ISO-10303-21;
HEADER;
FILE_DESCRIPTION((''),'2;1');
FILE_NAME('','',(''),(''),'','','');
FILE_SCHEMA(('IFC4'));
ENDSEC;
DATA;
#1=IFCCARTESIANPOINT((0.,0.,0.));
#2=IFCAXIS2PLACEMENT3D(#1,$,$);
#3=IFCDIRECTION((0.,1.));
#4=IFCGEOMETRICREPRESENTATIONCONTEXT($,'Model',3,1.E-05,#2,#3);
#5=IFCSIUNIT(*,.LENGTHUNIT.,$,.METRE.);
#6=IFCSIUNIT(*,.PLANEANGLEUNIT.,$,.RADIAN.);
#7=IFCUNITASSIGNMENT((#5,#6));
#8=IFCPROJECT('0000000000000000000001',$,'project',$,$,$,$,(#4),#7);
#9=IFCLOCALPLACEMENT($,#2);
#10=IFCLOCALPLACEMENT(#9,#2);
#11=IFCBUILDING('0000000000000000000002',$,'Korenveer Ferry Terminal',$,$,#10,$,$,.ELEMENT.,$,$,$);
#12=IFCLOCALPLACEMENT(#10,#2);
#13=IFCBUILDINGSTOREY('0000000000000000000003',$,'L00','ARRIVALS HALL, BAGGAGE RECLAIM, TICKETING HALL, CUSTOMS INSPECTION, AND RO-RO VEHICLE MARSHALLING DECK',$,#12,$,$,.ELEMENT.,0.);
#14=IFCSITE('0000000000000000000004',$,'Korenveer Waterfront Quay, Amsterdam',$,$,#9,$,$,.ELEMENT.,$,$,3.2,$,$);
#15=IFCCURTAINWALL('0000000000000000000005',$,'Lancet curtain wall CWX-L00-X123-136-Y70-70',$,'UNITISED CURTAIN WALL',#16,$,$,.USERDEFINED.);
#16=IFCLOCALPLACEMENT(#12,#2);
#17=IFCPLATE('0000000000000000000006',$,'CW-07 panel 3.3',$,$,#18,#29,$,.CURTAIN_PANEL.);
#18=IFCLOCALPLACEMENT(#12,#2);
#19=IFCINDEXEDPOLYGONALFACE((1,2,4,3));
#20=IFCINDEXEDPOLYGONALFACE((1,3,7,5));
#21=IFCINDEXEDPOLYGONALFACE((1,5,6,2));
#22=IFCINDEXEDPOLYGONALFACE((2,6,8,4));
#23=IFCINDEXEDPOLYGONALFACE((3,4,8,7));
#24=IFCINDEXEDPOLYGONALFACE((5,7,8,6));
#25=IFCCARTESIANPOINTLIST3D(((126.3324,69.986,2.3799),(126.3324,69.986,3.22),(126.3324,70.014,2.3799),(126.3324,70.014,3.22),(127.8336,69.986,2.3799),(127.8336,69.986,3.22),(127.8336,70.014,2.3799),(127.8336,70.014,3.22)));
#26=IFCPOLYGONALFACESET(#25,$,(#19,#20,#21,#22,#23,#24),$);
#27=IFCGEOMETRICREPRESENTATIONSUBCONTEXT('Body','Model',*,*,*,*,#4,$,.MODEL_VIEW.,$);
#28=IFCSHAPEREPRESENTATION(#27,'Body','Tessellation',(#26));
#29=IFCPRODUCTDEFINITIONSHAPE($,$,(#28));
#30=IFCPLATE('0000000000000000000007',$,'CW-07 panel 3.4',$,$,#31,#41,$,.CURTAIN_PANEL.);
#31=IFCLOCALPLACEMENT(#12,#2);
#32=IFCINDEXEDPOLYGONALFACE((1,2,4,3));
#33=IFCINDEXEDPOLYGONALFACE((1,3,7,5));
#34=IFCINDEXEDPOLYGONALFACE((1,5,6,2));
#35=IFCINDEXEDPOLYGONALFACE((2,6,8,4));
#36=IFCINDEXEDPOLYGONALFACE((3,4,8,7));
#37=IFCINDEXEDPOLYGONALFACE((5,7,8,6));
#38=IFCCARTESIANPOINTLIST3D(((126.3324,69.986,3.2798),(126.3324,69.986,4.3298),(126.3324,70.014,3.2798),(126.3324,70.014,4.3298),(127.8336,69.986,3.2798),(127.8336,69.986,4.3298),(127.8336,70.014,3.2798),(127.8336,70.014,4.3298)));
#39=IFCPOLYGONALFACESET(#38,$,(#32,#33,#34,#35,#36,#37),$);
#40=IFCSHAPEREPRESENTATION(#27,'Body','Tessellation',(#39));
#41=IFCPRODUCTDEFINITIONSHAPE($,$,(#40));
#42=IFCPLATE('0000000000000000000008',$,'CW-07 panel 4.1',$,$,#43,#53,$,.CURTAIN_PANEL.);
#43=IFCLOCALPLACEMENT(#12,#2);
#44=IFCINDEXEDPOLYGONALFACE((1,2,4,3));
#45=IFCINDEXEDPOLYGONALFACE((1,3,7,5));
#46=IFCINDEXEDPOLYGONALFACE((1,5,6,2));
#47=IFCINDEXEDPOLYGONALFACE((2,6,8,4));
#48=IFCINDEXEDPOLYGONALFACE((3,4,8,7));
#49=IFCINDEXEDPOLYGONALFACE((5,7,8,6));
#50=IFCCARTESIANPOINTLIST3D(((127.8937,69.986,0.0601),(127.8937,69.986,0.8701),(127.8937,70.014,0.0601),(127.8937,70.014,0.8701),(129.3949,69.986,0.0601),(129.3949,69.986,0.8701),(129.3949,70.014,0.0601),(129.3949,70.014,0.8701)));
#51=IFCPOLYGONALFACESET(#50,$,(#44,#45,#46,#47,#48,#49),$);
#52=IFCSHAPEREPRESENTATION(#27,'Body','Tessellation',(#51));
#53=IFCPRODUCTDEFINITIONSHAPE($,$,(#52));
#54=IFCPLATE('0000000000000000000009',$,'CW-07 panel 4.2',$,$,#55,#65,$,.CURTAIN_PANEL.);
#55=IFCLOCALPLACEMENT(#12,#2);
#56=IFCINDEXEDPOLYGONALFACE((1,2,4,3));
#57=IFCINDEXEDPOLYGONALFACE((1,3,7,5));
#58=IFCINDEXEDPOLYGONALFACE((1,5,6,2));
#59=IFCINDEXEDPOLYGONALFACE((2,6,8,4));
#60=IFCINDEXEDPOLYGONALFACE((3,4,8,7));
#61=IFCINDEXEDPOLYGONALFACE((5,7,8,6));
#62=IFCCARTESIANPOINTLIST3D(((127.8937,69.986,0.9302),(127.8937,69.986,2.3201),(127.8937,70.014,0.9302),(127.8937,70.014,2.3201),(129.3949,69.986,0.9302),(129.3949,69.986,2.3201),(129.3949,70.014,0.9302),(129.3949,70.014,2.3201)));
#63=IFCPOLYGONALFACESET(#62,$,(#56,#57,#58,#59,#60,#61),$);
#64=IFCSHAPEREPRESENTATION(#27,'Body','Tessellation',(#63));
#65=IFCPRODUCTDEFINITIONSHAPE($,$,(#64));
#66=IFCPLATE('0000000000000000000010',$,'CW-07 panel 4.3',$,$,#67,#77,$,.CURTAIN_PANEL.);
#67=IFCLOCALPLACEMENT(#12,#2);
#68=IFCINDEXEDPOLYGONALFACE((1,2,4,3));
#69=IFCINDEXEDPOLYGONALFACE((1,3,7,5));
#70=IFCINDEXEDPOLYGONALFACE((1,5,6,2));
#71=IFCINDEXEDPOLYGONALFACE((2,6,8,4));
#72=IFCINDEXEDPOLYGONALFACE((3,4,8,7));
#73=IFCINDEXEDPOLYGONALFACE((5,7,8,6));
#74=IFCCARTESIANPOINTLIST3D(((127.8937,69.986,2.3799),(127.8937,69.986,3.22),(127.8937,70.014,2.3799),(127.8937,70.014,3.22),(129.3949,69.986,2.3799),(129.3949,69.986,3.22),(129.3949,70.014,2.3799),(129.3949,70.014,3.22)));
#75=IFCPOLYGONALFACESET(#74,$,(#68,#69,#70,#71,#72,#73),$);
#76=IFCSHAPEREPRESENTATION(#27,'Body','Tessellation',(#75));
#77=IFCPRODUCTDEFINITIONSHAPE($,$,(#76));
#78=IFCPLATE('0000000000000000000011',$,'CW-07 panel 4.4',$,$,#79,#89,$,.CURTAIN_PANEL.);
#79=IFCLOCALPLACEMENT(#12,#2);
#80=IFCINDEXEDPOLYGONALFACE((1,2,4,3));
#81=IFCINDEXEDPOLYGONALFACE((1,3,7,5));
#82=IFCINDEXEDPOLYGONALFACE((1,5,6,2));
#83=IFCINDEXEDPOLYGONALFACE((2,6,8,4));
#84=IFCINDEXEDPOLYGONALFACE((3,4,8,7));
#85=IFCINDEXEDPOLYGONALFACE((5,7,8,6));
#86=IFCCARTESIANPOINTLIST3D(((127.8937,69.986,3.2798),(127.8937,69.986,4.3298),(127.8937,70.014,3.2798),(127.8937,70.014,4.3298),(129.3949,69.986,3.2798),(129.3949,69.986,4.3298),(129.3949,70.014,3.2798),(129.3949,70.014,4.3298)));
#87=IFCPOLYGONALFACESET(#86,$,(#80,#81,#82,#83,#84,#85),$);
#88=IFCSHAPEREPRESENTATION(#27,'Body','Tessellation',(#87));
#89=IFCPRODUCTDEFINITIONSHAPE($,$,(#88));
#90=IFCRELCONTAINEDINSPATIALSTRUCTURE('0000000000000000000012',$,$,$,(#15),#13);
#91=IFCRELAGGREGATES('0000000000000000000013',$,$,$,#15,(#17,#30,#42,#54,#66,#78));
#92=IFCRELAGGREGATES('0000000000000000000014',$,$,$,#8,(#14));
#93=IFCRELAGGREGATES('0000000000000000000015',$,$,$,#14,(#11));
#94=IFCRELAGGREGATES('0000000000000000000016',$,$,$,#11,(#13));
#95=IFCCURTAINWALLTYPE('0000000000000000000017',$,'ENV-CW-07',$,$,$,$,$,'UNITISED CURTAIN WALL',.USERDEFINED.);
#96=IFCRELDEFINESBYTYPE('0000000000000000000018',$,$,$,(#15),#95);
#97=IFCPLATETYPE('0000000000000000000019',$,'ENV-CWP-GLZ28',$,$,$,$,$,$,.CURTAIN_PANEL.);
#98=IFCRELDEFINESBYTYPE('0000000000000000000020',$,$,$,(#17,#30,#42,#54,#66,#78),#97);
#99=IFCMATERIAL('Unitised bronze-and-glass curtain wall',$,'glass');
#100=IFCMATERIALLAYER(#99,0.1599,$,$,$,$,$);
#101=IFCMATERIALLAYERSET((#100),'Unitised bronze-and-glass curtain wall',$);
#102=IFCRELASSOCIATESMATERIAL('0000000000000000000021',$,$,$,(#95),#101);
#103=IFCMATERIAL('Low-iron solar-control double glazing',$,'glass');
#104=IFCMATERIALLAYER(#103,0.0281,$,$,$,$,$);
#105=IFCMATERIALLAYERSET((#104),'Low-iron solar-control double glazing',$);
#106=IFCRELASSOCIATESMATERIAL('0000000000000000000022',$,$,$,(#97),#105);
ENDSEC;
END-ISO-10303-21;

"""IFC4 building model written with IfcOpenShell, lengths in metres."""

from ifc_helpers import new_model, si_unit, direction, frame, origin, origin_2d, place, context, subcontext, project, spatial, rectangle, extrude, material, layer, layer_set, type_object, element, aggregate, save


model = new_model("IFC4")

# Units and contexts
model_context = context("Model", 3, precision=1e-05, world=origin(), true_north=direction((0.0, 1.0)))
body_context = subcontext(model_context, "Body", "Model", "MODEL_VIEW")
ifc_project = project(units=[si_unit("LENGTHUNIT", "METRE"), si_unit("PLANEANGLEUNIT", "RADIAN")], contexts=[model_context])

# Site, building, storey
site_placement = place(None, origin())
site = spatial("IfcSite", under=ifc_project, at=site_placement, Name="Korenveer Waterfront Quay, Amsterdam", CompositionType="ELEMENT", RefElevation=3.2)
building_placement = place(site_placement, origin())
building = spatial("IfcBuilding", under=site, at=building_placement, Name="Korenveer Ferry Terminal", CompositionType="ELEMENT")
storey_placement = place(building_placement, origin())
storey = spatial("IfcBuildingStorey", under=building, at=storey_placement, Name="L00", Description="ARRIVALS HALL, BAGGAGE RECLAIM, TICKETING HALL, CUSTOMS INSPECTION, AND RO-RO VEHICLE MARSHALLING DECK", CompositionType="ELEMENT", Elevation=0.0)

# Curtain wall, plates
ifc_material_1 = material(Name="Unitised bronze-and-glass curtain wall", Category="glass")
ifc_layer_1 = layer(ifc_material_1, 0.1599)
ifc_layer_set_1 = layer_set([ifc_layer_1], Name="Unitised bronze-and-glass curtain wall")
curtain_wall_type = type_object("IfcCurtainWallType", Name="ENV-CW-07", ElementType="UNITISED CURTAIN WALL", PredefinedType="USERDEFINED", material=ifc_layer_set_1)
curtain_wall_placement = place(storey_placement, frame((123.1799, 70.0, 0.0)))
curtain_wall = element("IfcCurtainWall", 1, at=curtain_wall_placement, inside=storey, type_object=curtain_wall_type, Name="Lancet curtain wall CWX-L00-X123-136-Y70-70", ObjectType="UNITISED CURTAIN WALL", PredefinedType="USERDEFINED")
ifc_material_2 = material(Name="Low-iron solar-control double glazing", Category="glass")
ifc_layer_2 = layer(ifc_material_2, 0.0281)
ifc_layer_set_2 = layer_set([ifc_layer_2], Name="Low-iron solar-control double glazing")
plate_type = type_object("IfcPlateType", Name="ENV-CWP-GLZ28", PredefinedType="CURTAIN_PANEL", material=ifc_layer_set_2)
plate_1_placement = place(storey_placement, frame((127.083, 70.0, 2.3799), z_axis=(0.0, 0.0, 1.0), x_axis=(1.0, 0.0, 0.0)))
plate_1 = element("IfcPlate", 2, at=plate_1_placement, type_object=plate_type, Name="CW-07 panel 3.3", PredefinedType="CURTAIN_PANEL", context=body_context, shape_type="SweptSolid", body=[
    extrude(rectangle(XDim=1.5012, YDim=0.0281, at=origin_2d()), origin(), (0.0, 0.0, 1.0), 0.8401),
])
plate_2_placement = place(storey_placement, frame((127.083, 70.0, 3.2798), z_axis=(0.0, 0.0, 1.0), x_axis=(1.0, 0.0, 0.0)))
plate_2 = element("IfcPlate", 3, at=plate_2_placement, type_object=plate_type, Name="CW-07 panel 3.4", PredefinedType="CURTAIN_PANEL", context=body_context, shape_type="SweptSolid", body=[
    extrude(rectangle(XDim=1.5012, YDim=0.0281, at=origin_2d()), origin(), (0.0, 0.0, 1.0), 1.05),
])
plate_3_placement = place(storey_placement, frame((128.6443, 70.0, 0.0601), z_axis=(0.0, 0.0, 1.0), x_axis=(1.0, 0.0, 0.0)))
plate_3 = element("IfcPlate", 4, at=plate_3_placement, type_object=plate_type, Name="CW-07 panel 4.1", PredefinedType="CURTAIN_PANEL", context=body_context, shape_type="SweptSolid", body=[
    extrude(rectangle(XDim=1.5012, YDim=0.0281, at=origin_2d()), origin(), (0.0, 0.0, 1.0), 0.8101),
])
plate_4_placement = place(storey_placement, frame((128.6443, 70.0, 0.9302), z_axis=(0.0, 0.0, 1.0), x_axis=(1.0, 0.0, 0.0)))
plate_4 = element("IfcPlate", 5, at=plate_4_placement, type_object=plate_type, Name="CW-07 panel 4.2", PredefinedType="CURTAIN_PANEL", context=body_context, shape_type="SweptSolid", body=[
    extrude(rectangle(XDim=1.5012, YDim=0.0281, at=origin_2d()), origin(), (0.0, 0.0, 1.0), 1.3899),
])
plate_5_placement = place(storey_placement, frame((128.6443, 70.0, 2.3799), z_axis=(0.0, 0.0, 1.0), x_axis=(1.0, 0.0, 0.0)))
plate_5 = element("IfcPlate", 6, at=plate_5_placement, type_object=plate_type, Name="CW-07 panel 4.3", PredefinedType="CURTAIN_PANEL", context=body_context, shape_type="SweptSolid", body=[
    extrude(rectangle(XDim=1.5012, YDim=0.0281, at=origin_2d()), origin(), (0.0, 0.0, 1.0), 0.8401),
])
plate_6_placement = place(storey_placement, frame((128.6443, 70.0, 3.2798), z_axis=(0.0, 0.0, 1.0), x_axis=(1.0, 0.0, 0.0)))
plate_6 = element("IfcPlate", 7, at=plate_6_placement, type_object=plate_type, Name="CW-07 panel 4.4", PredefinedType="CURTAIN_PANEL", context=body_context, shape_type="SweptSolid", body=[
    extrude(rectangle(XDim=1.5012, YDim=0.0281, at=origin_2d()), origin(), (0.0, 0.0, 1.0), 1.05),
])
aggregate(curtain_wall, [plate_1, plate_2, plate_3, plate_4, plate_5, plate_6])

save(model, "model.ifc")
